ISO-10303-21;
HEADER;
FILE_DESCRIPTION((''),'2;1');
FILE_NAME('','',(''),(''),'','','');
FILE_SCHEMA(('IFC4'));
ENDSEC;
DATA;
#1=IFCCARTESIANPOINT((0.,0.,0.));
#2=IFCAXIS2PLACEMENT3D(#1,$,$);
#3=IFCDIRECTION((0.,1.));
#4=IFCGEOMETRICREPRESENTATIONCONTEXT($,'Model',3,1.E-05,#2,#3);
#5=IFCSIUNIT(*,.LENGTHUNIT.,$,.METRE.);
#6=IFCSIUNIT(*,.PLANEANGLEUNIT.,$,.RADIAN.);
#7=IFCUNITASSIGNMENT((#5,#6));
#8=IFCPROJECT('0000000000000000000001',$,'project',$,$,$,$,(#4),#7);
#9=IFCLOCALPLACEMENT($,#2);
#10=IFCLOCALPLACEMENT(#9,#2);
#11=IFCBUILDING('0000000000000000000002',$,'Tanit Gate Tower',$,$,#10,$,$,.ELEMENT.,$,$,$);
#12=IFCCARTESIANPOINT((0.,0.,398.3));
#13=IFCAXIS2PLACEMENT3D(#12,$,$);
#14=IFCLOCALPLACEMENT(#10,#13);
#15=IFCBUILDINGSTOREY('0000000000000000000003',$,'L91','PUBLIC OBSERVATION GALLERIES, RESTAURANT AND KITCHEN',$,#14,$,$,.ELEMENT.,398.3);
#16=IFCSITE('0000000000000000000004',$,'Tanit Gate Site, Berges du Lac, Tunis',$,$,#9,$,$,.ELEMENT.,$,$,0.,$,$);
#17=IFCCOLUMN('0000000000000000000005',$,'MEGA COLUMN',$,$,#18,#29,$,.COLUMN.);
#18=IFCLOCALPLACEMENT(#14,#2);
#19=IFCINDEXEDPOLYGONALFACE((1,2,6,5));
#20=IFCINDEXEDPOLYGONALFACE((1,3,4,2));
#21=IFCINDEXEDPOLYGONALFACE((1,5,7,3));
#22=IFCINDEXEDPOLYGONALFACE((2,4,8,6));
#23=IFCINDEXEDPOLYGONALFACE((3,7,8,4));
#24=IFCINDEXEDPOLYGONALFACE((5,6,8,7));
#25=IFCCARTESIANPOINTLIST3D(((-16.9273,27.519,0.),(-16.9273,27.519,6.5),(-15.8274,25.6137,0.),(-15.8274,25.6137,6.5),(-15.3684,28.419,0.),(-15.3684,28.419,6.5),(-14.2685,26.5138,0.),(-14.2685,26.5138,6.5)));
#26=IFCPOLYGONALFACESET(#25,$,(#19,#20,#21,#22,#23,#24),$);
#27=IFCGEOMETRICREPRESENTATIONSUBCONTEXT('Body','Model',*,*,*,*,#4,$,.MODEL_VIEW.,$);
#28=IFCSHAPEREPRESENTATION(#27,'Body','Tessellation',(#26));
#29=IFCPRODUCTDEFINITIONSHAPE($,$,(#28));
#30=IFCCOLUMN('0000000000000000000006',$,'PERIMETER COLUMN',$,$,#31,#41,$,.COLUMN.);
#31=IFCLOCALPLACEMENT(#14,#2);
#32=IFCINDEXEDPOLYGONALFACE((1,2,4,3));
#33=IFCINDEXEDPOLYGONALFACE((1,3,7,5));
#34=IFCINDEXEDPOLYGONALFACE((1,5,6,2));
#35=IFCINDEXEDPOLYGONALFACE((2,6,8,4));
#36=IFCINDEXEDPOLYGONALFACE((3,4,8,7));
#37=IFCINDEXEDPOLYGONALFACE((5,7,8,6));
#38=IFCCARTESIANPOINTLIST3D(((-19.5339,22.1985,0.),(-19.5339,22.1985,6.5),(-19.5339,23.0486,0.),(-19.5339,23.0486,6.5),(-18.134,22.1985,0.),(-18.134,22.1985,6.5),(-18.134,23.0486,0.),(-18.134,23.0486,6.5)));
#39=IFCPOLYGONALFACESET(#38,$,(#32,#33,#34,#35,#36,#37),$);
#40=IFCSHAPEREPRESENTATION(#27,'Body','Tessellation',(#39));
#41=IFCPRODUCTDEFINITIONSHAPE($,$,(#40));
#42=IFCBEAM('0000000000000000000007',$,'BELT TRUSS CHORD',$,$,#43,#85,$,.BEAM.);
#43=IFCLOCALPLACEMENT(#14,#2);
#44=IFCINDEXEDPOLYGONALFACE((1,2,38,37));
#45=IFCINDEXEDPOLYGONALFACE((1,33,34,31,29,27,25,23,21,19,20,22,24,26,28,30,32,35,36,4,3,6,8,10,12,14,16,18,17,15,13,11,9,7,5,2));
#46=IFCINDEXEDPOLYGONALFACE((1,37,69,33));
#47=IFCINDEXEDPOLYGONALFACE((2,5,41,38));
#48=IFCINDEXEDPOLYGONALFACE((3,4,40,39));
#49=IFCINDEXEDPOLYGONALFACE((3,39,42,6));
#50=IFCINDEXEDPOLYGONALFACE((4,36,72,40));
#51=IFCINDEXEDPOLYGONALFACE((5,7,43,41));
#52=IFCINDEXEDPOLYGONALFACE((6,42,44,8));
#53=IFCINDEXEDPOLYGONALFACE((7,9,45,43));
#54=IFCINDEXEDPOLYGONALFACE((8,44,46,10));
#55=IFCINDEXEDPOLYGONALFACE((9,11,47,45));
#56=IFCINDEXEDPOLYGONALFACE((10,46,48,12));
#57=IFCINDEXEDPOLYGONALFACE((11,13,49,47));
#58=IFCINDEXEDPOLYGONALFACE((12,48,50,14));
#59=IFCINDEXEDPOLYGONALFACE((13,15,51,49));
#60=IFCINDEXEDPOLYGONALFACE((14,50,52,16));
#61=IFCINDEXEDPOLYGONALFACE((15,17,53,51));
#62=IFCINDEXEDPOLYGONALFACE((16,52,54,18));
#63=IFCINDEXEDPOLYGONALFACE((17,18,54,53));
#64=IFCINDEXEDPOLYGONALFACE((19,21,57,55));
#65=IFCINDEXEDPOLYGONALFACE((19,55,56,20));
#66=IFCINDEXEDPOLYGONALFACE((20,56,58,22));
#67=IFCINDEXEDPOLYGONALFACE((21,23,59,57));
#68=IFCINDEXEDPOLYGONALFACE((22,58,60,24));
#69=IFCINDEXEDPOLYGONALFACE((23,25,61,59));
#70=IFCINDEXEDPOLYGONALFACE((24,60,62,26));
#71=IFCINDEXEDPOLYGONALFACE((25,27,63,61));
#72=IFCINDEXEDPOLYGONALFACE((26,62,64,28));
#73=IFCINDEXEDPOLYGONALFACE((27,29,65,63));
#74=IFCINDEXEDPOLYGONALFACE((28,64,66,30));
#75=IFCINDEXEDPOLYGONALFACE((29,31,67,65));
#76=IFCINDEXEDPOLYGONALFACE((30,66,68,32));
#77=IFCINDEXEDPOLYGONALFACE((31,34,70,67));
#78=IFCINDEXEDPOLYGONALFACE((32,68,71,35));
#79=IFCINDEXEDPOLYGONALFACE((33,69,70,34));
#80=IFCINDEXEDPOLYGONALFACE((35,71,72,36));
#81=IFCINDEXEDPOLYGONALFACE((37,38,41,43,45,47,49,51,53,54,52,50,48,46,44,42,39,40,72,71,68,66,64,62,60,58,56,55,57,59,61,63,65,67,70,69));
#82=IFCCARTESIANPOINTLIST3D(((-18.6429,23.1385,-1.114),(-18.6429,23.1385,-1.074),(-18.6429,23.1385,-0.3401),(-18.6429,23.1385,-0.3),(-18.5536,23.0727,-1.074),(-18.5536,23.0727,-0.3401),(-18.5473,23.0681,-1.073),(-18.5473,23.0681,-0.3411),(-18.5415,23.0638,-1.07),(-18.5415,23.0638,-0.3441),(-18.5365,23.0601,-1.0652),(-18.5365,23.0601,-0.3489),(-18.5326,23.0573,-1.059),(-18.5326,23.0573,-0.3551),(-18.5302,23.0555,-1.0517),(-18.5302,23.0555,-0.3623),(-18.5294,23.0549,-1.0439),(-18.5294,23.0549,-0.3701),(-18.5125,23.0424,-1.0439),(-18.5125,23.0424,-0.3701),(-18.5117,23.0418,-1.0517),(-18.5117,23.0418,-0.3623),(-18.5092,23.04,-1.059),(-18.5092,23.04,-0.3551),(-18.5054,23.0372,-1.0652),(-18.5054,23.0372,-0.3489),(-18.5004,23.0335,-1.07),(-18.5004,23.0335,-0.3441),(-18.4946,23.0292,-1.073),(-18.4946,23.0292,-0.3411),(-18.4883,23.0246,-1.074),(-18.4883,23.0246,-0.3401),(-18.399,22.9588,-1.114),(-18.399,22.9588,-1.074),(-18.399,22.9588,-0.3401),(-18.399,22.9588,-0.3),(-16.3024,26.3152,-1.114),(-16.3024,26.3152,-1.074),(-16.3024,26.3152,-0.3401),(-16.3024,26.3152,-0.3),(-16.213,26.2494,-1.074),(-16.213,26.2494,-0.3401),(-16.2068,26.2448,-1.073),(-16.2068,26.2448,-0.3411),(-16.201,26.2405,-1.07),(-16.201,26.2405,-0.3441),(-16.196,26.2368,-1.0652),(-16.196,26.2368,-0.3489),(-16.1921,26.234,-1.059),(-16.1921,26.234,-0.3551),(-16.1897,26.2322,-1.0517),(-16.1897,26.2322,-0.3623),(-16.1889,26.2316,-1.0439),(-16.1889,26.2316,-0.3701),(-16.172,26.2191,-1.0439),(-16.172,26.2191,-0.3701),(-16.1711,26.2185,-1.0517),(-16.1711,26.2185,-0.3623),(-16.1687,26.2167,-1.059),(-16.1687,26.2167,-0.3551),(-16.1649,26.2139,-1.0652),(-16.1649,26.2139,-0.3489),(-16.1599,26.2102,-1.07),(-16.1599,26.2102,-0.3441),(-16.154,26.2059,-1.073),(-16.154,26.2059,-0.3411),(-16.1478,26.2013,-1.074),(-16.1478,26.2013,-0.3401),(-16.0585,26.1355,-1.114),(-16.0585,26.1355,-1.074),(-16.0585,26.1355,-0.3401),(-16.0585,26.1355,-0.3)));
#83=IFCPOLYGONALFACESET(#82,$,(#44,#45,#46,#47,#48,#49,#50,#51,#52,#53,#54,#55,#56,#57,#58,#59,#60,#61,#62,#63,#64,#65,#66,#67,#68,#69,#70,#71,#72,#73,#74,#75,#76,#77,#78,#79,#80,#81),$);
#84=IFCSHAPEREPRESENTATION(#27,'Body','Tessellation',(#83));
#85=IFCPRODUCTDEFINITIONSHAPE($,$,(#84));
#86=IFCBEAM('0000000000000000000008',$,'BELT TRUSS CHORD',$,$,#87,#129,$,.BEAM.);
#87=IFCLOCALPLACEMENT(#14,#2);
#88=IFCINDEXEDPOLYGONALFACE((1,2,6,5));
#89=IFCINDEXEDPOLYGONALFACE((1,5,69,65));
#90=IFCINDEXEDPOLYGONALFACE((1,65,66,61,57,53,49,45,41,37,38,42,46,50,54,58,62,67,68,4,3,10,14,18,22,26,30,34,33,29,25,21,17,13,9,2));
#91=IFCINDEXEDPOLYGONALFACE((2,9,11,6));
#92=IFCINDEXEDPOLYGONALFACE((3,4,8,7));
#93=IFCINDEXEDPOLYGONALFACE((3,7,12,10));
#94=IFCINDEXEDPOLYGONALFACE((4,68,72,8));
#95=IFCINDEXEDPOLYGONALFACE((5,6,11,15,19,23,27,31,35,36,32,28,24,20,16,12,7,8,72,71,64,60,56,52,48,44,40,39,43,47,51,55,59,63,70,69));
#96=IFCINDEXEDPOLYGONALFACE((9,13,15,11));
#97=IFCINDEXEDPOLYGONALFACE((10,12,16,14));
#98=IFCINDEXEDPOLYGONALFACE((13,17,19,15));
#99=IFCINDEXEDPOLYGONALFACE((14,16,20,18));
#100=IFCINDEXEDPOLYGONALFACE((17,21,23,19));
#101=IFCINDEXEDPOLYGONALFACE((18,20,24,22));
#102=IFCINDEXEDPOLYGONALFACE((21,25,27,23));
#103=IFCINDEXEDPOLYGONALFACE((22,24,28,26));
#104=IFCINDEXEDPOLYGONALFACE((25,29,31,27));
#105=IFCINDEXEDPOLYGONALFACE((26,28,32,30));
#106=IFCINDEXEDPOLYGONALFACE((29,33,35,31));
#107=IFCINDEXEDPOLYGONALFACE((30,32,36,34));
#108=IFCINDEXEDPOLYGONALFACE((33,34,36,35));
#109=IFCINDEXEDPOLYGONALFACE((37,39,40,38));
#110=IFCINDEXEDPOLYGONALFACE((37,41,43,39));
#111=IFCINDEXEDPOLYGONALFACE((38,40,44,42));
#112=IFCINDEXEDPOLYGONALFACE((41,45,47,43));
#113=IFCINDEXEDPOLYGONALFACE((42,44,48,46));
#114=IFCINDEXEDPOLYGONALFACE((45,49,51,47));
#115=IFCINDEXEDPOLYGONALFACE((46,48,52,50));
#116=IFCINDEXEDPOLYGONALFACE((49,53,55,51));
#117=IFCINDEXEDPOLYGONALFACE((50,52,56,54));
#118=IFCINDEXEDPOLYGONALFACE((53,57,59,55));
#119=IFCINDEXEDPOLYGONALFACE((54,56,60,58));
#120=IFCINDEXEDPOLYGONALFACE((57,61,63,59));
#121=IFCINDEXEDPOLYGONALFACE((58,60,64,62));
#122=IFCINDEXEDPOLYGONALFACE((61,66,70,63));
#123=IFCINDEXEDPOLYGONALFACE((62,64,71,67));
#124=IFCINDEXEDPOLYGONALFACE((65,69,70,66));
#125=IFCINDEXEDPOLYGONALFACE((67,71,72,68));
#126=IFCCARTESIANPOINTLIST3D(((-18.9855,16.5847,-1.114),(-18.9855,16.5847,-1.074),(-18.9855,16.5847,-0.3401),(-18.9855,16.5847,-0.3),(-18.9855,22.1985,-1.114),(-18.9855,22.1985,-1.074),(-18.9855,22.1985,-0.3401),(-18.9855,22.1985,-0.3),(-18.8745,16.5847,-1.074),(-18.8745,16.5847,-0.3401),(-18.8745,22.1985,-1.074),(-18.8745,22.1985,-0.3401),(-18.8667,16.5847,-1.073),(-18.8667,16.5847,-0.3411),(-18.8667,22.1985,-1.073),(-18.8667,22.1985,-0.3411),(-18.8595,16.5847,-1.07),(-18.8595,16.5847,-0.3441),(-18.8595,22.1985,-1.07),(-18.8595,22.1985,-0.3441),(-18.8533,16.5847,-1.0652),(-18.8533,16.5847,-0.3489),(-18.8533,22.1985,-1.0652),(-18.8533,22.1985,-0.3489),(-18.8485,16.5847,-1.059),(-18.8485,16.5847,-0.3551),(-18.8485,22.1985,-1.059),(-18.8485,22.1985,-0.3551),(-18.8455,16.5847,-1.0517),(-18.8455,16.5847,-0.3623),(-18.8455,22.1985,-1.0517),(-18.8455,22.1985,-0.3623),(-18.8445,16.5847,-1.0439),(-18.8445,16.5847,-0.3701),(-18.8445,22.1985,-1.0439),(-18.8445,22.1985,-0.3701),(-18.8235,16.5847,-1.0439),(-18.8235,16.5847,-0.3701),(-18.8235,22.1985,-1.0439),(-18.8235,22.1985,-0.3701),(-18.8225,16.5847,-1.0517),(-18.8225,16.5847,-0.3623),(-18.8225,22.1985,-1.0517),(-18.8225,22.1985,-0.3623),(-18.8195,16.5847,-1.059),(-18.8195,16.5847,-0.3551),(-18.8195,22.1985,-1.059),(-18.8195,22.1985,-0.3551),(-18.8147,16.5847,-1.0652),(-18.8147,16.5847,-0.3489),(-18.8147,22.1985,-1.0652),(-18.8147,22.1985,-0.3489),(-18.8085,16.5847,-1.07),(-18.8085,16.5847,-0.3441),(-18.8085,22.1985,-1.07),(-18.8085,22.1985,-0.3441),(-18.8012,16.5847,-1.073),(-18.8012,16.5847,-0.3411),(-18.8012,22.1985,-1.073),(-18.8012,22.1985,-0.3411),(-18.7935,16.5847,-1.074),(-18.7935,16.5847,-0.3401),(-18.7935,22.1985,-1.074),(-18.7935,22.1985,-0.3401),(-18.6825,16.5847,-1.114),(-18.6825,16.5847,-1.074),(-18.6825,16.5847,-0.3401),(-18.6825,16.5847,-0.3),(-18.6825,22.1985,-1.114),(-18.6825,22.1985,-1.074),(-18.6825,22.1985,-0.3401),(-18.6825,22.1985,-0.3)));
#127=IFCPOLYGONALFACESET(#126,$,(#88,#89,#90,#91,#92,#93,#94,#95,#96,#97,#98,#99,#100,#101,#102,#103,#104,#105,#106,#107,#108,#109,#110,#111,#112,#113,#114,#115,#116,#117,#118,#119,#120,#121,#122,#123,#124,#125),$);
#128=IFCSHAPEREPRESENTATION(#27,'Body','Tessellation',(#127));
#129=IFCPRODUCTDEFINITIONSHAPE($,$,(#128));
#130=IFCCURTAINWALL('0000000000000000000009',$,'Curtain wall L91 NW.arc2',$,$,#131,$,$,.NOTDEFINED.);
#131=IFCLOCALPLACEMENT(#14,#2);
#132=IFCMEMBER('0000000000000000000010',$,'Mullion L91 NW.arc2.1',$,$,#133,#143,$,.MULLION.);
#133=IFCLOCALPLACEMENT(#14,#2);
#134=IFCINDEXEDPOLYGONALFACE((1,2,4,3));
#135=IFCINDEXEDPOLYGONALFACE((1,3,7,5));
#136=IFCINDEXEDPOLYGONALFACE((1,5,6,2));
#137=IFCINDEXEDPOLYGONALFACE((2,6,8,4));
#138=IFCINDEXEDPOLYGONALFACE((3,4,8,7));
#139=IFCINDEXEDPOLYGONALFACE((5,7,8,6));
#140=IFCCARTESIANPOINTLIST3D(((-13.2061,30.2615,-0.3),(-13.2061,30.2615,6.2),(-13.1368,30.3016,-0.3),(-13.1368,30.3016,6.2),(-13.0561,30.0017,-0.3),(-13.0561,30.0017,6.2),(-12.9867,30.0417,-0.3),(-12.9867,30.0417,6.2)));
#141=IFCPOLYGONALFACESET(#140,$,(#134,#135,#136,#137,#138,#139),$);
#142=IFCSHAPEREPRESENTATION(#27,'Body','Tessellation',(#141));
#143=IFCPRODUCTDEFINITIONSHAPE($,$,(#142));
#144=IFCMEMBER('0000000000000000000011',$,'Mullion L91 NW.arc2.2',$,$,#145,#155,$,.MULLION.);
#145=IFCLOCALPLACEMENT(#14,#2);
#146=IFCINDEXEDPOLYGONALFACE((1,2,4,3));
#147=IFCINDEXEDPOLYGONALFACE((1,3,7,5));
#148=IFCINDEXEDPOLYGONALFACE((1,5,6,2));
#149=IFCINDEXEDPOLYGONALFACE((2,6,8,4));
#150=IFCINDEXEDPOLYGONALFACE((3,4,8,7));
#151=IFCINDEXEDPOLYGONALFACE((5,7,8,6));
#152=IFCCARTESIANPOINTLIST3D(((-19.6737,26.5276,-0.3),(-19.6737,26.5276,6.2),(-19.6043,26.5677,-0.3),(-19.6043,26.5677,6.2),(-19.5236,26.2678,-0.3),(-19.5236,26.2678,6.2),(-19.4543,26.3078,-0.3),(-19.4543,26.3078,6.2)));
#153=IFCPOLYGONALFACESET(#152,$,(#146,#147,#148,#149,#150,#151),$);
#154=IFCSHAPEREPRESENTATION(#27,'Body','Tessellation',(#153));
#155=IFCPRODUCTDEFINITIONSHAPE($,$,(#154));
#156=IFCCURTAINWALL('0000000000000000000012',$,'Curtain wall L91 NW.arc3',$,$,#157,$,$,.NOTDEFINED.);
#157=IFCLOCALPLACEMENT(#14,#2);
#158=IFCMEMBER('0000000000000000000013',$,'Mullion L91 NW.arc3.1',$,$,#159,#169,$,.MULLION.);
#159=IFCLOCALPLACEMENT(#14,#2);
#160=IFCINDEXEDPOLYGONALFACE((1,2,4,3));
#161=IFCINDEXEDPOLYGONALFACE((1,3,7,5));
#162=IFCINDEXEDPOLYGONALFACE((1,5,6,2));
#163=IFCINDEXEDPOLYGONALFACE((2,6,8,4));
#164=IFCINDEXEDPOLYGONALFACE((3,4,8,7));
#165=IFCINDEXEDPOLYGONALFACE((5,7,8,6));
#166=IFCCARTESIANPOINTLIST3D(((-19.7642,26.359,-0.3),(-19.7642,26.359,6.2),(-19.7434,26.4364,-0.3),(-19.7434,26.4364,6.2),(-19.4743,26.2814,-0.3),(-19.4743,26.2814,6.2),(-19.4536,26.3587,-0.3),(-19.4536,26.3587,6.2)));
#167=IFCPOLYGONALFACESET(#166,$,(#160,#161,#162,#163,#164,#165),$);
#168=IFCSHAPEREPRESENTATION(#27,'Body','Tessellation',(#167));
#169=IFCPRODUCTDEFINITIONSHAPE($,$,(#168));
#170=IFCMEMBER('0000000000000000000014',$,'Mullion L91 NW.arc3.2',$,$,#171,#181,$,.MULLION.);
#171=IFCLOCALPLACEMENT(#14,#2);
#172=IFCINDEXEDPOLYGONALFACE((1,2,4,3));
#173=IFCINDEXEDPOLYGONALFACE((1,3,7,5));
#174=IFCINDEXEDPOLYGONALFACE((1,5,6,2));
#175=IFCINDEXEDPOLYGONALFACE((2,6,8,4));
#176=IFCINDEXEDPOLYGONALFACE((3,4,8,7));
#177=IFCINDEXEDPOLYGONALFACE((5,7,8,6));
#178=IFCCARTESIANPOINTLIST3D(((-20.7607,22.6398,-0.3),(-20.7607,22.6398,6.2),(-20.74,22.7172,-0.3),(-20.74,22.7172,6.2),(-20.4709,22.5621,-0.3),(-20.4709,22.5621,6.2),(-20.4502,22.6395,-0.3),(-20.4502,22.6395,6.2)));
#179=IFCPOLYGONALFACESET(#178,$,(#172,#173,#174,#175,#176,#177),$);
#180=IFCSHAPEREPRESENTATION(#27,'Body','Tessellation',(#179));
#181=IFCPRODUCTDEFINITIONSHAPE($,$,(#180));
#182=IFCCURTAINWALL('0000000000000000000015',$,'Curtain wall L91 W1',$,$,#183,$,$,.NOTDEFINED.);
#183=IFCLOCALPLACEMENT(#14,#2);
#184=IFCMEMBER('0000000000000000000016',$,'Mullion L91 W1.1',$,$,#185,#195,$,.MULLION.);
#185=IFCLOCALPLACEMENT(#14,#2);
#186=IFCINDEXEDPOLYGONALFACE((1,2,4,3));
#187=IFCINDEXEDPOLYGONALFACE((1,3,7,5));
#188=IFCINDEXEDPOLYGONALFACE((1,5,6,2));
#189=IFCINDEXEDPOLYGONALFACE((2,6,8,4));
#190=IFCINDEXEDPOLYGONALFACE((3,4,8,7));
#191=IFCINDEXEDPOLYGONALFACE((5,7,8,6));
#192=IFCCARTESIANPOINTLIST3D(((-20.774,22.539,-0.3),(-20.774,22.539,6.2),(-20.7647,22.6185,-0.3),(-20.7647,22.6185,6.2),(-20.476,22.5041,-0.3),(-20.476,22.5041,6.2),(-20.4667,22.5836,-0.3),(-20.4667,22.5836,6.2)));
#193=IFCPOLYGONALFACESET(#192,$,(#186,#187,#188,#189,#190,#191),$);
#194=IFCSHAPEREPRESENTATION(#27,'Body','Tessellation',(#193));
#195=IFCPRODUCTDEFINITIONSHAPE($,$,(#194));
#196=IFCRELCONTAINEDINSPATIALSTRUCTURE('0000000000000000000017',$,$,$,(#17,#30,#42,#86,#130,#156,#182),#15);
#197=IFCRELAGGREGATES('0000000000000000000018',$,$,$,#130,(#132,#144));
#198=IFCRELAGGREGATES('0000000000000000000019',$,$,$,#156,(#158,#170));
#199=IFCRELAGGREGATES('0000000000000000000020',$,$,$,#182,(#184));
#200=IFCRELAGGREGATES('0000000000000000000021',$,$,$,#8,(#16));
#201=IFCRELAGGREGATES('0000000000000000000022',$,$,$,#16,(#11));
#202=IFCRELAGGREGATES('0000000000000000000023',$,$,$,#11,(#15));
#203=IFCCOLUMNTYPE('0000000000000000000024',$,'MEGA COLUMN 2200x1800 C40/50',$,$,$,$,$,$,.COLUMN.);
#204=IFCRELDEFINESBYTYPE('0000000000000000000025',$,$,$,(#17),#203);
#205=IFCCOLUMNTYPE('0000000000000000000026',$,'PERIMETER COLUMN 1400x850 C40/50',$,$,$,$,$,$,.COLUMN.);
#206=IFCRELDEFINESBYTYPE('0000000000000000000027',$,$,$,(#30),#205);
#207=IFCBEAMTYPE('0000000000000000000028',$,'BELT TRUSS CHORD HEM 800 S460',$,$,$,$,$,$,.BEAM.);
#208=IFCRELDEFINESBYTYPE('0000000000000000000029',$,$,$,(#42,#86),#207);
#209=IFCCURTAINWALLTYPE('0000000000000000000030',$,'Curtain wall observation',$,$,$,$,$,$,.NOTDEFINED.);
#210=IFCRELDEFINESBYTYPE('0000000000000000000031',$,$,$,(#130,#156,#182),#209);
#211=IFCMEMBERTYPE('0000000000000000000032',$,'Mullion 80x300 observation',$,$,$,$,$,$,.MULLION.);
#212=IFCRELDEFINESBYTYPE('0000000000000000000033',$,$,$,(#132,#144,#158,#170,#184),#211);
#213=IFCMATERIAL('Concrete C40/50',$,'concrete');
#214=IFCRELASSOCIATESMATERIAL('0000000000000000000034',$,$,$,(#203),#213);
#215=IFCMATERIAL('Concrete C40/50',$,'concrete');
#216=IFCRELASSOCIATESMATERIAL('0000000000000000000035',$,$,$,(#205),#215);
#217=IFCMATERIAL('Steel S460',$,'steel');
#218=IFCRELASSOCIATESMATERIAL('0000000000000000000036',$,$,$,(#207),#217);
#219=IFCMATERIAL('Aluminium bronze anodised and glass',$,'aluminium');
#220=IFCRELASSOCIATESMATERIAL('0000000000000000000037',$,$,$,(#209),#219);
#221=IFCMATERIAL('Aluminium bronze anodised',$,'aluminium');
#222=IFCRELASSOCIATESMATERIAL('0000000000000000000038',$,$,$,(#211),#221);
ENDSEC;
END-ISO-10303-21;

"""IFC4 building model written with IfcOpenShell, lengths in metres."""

from ifc_helpers import new_model, si_unit, direction, frame, origin, origin_2d, place, context, subcontext, project, spatial, rectangle, i_section, extrude, material, material_profile, profile_set, type_object, element, aggregate, save


model = new_model("IFC4")

# Units and contexts
model_context = context("Model", 3, precision=1e-05, world=origin(), true_north=direction((0.0, 1.0)))
body_context = subcontext(model_context, "Body", "Model", "MODEL_VIEW")
ifc_project = project(units=[si_unit("LENGTHUNIT", "METRE"), si_unit("PLANEANGLEUNIT", "RADIAN")], contexts=[model_context])

# Site, building, storey
site_placement = place(None, origin())
site = spatial("IfcSite", under=ifc_project, at=site_placement, Name="Tanit Gate Site, Berges du Lac, Tunis", CompositionType="ELEMENT", RefElevation=0.0)
building_placement = place(site_placement, origin())
building = spatial("IfcBuilding", under=site, at=building_placement, Name="Tanit Gate Tower", CompositionType="ELEMENT")
storey_placement = place(building_placement, frame((0.0, 0.0, 398.3)))
storey = spatial("IfcBuildingStorey", under=building, at=storey_placement, Name="L91", Description="PUBLIC OBSERVATION GALLERIES, RESTAURANT AND KITCHEN", CompositionType="ELEMENT", Elevation=398.3)

# Columns
ifc_material_1 = material(Name="Concrete C40/50", Category="concrete")
ifc_material_profile_1 = material_profile(ifc_material_1, rectangle(XDim=2.2, YDim=1.8, at=origin_2d()), Name="RC 2200x1800")
ifc_profile_set_1 = profile_set([ifc_material_profile_1], Name="Concrete C40/50")
column_type_1 = type_object("IfcColumnType", Name="MEGA COLUMN 2200x1800 C40/50", PredefinedType="COLUMN", material=ifc_profile_set_1)
column_1_placement = place(storey_placement, frame((-15.5979, 27.0164, 0.0), z_axis=(0.0, 0.0, 1.0), x_axis=(-0.5, 0.866025, 0.0)))
element("IfcColumn", 1, at=column_1_placement, inside=storey, type_object=column_type_1, Name="MEGA COLUMN", PredefinedType="COLUMN", context=body_context, shape_type="SweptSolid", body=[
    extrude(rectangle(XDim=2.2, YDim=1.8, at=origin_2d()), origin(), (0.0, 0.0, 1.0), 6.5),
])
ifc_material_2 = material(Name="Concrete C40/50", Category="concrete")
ifc_material_profile_2 = material_profile(ifc_material_2, rectangle(XDim=1.3999, YDim=0.8501, at=origin_2d()), Name="RC 1400x850")
ifc_profile_set_2 = profile_set([ifc_material_profile_2], Name="Concrete C40/50")
column_type_2 = type_object("IfcColumnType", Name="PERIMETER COLUMN 1400x850 C40/50", PredefinedType="COLUMN", material=ifc_profile_set_2)
column_2_placement = place(storey_placement, frame((-18.834, 22.6235, 0.0), z_axis=(0.0, 0.0, 1.0), x_axis=(-1.0, 0.0, 0.0)))
element("IfcColumn", 2, at=column_2_placement, inside=storey, type_object=column_type_2, Name="PERIMETER COLUMN", PredefinedType="COLUMN", context=body_context, shape_type="SweptSolid", body=[
    extrude(rectangle(XDim=1.3999, YDim=0.8501, at=origin_2d()), origin(), (0.0, 0.0, 1.0), 6.5),
])

# Beams
ifc_material_3 = material(Name="Steel S460", Category="steel")
ifc_material_profile_3 = material_profile(ifc_material_3, i_section(OverallWidth=0.303, OverallDepth=0.814, WebThickness=0.021, FlangeThickness=0.04, FilletRadius=0.03, at=origin_2d()), Name="HEM 800")
ifc_profile_set_3 = profile_set([ifc_material_profile_3], Name="Steel S460")
beam_type_1 = type_object("IfcBeamType", Name="BELT TRUSS CHORD HEM 800 S460", PredefinedType="BEAM", material=ifc_profile_set_3)
beam_1_placement = place(storey_placement, frame((-16.1804, 26.2253, -0.707), z_axis=(-0.593167, -0.805079, 0.0), x_axis=(0.805079, -0.593167, 0.0)))
element("IfcBeam", 3, at=beam_1_placement, inside=storey, type_object=beam_type_1, Name="BELT TRUSS CHORD", PredefinedType="BEAM", context=body_context, shape_type="SweptSolid", body=[
    extrude(i_section(OverallWidth=0.303, OverallDepth=0.814, WebThickness=0.021, FlangeThickness=0.04, FilletRadius=0.03, at=origin_2d()), origin(), (0.0, 0.0, 1.0), 3.9458),
])
beam_2_placement = place(storey_placement, frame((-18.834, 22.1985, -0.707), z_axis=(0.0, -1.0, 0.0), x_axis=(1.0, 0.0, 0.0)))
element("IfcBeam", 4, at=beam_2_placement, inside=storey, type_object=beam_type_1, Name="BELT TRUSS CHORD", PredefinedType="BEAM", context=body_context, shape_type="SweptSolid", body=[
    extrude(i_section(OverallWidth=0.303, OverallDepth=0.814, WebThickness=0.021, FlangeThickness=0.04, FilletRadius=0.03, at=origin_2d()), origin(), (0.0, 0.0, 1.0), 5.6138),
])

# Curtain walls, members
ifc_material_4 = material(Name="Aluminium bronze anodised and glass", Category="aluminium")
curtain_wall_type = type_object("IfcCurtainWallType", Name="Curtain wall observation", PredefinedType="NOTDEFINED", material=ifc_material_4)
curtain_wall_1_placement = place(storey_placement, origin())
curtain_wall_1 = element("IfcCurtainWall", 5, at=curtain_wall_1_placement, inside=storey, type_object=curtain_wall_type, Name="Curtain wall L91 NW.arc2", PredefinedType="NOTDEFINED")
ifc_material_5 = material(Name="Aluminium bronze anodised", Category="aluminium")
ifc_material_profile_4 = material_profile(ifc_material_5, rectangle(XDim=0.3, YDim=0.0801, at=origin_2d()), Name="80x300 bronze mullion")
ifc_profile_set_4 = profile_set([ifc_material_profile_4], Name="Aluminium bronze anodised")
member_type_1 = type_object("IfcMemberType", Name="Mullion 80x300 observation", PredefinedType="MULLION", material=ifc_profile_set_4)
member_1_placement = place(storey_placement, frame((-13.0964, 30.1516, -0.3), z_axis=(0.0, 0.0, 1.0), x_axis=(0.5, -0.866025, 0.0)))
member_1 = element("IfcMember", 6, at=member_1_placement, type_object=member_type_1, Name="Mullion L91 NW.arc2.1", PredefinedType="MULLION", context=body_context, shape_type="SweptSolid", body=[
    extrude(rectangle(XDim=0.3, YDim=0.0801, at=origin_2d()), origin(), (0.0, 0.0, 1.0), 6.5),
])
member_2_placement = place(storey_placement, frame((-19.564, 26.4177, -0.3), z_axis=(0.0, 0.0, 1.0), x_axis=(0.5, -0.866025, 0.0)))
member_2 = element("IfcMember", 7, at=member_2_placement, type_object=member_type_1, Name="Mullion L91 NW.arc2.2", PredefinedType="MULLION", context=body_context, shape_type="SweptSolid", body=[
    extrude(rectangle(XDim=0.3, YDim=0.0801, at=origin_2d()), origin(), (0.0, 0.0, 1.0), 6.5),
])
curtain_wall_2_placement = place(storey_placement, origin())
curtain_wall_2 = element("IfcCurtainWall", 8, at=curtain_wall_2_placement, inside=storey, type_object=curtain_wall_type, Name="Curtain wall L91 NW.arc3", PredefinedType="NOTDEFINED")
member_3_placement = place(storey_placement, frame((-19.6089, 26.3589, -0.3), z_axis=(0.0, 0.0, 1.0), x_axis=(0.965926, -0.258819, 0.0)))
member_3 = element("IfcMember", 9, at=member_3_placement, type_object=member_type_1, Name="Mullion L91 NW.arc3.1", PredefinedType="MULLION", context=body_context, shape_type="SweptSolid", body=[
    extrude(rectangle(XDim=0.3, YDim=0.0801, at=origin_2d()), origin(), (0.0, 0.0, 1.0), 6.5),
])
member_4_placement = place(storey_placement, frame((-20.6055, 22.6396, -0.3), z_axis=(0.0, 0.0, 1.0), x_axis=(0.965926, -0.258819, 0.0)))
member_4 = element("IfcMember", 10, at=member_4_placement, type_object=member_type_1, Name="Mullion L91 NW.arc3.2", PredefinedType="MULLION", context=body_context, shape_type="SweptSolid", body=[
    extrude(rectangle(XDim=0.3, YDim=0.0801, at=origin_2d()), origin(), (0.0, 0.0, 1.0), 6.5),
])
curtain_wall_3_placement = place(storey_placement, origin())
curtain_wall_3 = element("IfcCurtainWall", 11, at=curtain_wall_3_placement, inside=storey, type_object=curtain_wall_type, Name="Curtain wall L91 W1", PredefinedType="NOTDEFINED")
member_5_placement = place(storey_placement, frame((-20.6204, 22.5613, -0.3), z_axis=(0.0, 0.0, 1.0), x_axis=(0.993212, -0.116318, 0.0)))
member_5 = element("IfcMember", 12, at=member_5_placement, type_object=member_type_1, Name="Mullion L91 W1.1", PredefinedType="MULLION", context=body_context, shape_type="SweptSolid", body=[
    extrude(rectangle(XDim=0.3, YDim=0.0801, at=origin_2d()), origin(), (0.0, 0.0, 1.0), 6.5),
])

aggregate(curtain_wall_1, [member_1, member_2])
aggregate(curtain_wall_2, [member_3, member_4])
aggregate(curtain_wall_3, [member_5])

save(model, "model.ifc")
